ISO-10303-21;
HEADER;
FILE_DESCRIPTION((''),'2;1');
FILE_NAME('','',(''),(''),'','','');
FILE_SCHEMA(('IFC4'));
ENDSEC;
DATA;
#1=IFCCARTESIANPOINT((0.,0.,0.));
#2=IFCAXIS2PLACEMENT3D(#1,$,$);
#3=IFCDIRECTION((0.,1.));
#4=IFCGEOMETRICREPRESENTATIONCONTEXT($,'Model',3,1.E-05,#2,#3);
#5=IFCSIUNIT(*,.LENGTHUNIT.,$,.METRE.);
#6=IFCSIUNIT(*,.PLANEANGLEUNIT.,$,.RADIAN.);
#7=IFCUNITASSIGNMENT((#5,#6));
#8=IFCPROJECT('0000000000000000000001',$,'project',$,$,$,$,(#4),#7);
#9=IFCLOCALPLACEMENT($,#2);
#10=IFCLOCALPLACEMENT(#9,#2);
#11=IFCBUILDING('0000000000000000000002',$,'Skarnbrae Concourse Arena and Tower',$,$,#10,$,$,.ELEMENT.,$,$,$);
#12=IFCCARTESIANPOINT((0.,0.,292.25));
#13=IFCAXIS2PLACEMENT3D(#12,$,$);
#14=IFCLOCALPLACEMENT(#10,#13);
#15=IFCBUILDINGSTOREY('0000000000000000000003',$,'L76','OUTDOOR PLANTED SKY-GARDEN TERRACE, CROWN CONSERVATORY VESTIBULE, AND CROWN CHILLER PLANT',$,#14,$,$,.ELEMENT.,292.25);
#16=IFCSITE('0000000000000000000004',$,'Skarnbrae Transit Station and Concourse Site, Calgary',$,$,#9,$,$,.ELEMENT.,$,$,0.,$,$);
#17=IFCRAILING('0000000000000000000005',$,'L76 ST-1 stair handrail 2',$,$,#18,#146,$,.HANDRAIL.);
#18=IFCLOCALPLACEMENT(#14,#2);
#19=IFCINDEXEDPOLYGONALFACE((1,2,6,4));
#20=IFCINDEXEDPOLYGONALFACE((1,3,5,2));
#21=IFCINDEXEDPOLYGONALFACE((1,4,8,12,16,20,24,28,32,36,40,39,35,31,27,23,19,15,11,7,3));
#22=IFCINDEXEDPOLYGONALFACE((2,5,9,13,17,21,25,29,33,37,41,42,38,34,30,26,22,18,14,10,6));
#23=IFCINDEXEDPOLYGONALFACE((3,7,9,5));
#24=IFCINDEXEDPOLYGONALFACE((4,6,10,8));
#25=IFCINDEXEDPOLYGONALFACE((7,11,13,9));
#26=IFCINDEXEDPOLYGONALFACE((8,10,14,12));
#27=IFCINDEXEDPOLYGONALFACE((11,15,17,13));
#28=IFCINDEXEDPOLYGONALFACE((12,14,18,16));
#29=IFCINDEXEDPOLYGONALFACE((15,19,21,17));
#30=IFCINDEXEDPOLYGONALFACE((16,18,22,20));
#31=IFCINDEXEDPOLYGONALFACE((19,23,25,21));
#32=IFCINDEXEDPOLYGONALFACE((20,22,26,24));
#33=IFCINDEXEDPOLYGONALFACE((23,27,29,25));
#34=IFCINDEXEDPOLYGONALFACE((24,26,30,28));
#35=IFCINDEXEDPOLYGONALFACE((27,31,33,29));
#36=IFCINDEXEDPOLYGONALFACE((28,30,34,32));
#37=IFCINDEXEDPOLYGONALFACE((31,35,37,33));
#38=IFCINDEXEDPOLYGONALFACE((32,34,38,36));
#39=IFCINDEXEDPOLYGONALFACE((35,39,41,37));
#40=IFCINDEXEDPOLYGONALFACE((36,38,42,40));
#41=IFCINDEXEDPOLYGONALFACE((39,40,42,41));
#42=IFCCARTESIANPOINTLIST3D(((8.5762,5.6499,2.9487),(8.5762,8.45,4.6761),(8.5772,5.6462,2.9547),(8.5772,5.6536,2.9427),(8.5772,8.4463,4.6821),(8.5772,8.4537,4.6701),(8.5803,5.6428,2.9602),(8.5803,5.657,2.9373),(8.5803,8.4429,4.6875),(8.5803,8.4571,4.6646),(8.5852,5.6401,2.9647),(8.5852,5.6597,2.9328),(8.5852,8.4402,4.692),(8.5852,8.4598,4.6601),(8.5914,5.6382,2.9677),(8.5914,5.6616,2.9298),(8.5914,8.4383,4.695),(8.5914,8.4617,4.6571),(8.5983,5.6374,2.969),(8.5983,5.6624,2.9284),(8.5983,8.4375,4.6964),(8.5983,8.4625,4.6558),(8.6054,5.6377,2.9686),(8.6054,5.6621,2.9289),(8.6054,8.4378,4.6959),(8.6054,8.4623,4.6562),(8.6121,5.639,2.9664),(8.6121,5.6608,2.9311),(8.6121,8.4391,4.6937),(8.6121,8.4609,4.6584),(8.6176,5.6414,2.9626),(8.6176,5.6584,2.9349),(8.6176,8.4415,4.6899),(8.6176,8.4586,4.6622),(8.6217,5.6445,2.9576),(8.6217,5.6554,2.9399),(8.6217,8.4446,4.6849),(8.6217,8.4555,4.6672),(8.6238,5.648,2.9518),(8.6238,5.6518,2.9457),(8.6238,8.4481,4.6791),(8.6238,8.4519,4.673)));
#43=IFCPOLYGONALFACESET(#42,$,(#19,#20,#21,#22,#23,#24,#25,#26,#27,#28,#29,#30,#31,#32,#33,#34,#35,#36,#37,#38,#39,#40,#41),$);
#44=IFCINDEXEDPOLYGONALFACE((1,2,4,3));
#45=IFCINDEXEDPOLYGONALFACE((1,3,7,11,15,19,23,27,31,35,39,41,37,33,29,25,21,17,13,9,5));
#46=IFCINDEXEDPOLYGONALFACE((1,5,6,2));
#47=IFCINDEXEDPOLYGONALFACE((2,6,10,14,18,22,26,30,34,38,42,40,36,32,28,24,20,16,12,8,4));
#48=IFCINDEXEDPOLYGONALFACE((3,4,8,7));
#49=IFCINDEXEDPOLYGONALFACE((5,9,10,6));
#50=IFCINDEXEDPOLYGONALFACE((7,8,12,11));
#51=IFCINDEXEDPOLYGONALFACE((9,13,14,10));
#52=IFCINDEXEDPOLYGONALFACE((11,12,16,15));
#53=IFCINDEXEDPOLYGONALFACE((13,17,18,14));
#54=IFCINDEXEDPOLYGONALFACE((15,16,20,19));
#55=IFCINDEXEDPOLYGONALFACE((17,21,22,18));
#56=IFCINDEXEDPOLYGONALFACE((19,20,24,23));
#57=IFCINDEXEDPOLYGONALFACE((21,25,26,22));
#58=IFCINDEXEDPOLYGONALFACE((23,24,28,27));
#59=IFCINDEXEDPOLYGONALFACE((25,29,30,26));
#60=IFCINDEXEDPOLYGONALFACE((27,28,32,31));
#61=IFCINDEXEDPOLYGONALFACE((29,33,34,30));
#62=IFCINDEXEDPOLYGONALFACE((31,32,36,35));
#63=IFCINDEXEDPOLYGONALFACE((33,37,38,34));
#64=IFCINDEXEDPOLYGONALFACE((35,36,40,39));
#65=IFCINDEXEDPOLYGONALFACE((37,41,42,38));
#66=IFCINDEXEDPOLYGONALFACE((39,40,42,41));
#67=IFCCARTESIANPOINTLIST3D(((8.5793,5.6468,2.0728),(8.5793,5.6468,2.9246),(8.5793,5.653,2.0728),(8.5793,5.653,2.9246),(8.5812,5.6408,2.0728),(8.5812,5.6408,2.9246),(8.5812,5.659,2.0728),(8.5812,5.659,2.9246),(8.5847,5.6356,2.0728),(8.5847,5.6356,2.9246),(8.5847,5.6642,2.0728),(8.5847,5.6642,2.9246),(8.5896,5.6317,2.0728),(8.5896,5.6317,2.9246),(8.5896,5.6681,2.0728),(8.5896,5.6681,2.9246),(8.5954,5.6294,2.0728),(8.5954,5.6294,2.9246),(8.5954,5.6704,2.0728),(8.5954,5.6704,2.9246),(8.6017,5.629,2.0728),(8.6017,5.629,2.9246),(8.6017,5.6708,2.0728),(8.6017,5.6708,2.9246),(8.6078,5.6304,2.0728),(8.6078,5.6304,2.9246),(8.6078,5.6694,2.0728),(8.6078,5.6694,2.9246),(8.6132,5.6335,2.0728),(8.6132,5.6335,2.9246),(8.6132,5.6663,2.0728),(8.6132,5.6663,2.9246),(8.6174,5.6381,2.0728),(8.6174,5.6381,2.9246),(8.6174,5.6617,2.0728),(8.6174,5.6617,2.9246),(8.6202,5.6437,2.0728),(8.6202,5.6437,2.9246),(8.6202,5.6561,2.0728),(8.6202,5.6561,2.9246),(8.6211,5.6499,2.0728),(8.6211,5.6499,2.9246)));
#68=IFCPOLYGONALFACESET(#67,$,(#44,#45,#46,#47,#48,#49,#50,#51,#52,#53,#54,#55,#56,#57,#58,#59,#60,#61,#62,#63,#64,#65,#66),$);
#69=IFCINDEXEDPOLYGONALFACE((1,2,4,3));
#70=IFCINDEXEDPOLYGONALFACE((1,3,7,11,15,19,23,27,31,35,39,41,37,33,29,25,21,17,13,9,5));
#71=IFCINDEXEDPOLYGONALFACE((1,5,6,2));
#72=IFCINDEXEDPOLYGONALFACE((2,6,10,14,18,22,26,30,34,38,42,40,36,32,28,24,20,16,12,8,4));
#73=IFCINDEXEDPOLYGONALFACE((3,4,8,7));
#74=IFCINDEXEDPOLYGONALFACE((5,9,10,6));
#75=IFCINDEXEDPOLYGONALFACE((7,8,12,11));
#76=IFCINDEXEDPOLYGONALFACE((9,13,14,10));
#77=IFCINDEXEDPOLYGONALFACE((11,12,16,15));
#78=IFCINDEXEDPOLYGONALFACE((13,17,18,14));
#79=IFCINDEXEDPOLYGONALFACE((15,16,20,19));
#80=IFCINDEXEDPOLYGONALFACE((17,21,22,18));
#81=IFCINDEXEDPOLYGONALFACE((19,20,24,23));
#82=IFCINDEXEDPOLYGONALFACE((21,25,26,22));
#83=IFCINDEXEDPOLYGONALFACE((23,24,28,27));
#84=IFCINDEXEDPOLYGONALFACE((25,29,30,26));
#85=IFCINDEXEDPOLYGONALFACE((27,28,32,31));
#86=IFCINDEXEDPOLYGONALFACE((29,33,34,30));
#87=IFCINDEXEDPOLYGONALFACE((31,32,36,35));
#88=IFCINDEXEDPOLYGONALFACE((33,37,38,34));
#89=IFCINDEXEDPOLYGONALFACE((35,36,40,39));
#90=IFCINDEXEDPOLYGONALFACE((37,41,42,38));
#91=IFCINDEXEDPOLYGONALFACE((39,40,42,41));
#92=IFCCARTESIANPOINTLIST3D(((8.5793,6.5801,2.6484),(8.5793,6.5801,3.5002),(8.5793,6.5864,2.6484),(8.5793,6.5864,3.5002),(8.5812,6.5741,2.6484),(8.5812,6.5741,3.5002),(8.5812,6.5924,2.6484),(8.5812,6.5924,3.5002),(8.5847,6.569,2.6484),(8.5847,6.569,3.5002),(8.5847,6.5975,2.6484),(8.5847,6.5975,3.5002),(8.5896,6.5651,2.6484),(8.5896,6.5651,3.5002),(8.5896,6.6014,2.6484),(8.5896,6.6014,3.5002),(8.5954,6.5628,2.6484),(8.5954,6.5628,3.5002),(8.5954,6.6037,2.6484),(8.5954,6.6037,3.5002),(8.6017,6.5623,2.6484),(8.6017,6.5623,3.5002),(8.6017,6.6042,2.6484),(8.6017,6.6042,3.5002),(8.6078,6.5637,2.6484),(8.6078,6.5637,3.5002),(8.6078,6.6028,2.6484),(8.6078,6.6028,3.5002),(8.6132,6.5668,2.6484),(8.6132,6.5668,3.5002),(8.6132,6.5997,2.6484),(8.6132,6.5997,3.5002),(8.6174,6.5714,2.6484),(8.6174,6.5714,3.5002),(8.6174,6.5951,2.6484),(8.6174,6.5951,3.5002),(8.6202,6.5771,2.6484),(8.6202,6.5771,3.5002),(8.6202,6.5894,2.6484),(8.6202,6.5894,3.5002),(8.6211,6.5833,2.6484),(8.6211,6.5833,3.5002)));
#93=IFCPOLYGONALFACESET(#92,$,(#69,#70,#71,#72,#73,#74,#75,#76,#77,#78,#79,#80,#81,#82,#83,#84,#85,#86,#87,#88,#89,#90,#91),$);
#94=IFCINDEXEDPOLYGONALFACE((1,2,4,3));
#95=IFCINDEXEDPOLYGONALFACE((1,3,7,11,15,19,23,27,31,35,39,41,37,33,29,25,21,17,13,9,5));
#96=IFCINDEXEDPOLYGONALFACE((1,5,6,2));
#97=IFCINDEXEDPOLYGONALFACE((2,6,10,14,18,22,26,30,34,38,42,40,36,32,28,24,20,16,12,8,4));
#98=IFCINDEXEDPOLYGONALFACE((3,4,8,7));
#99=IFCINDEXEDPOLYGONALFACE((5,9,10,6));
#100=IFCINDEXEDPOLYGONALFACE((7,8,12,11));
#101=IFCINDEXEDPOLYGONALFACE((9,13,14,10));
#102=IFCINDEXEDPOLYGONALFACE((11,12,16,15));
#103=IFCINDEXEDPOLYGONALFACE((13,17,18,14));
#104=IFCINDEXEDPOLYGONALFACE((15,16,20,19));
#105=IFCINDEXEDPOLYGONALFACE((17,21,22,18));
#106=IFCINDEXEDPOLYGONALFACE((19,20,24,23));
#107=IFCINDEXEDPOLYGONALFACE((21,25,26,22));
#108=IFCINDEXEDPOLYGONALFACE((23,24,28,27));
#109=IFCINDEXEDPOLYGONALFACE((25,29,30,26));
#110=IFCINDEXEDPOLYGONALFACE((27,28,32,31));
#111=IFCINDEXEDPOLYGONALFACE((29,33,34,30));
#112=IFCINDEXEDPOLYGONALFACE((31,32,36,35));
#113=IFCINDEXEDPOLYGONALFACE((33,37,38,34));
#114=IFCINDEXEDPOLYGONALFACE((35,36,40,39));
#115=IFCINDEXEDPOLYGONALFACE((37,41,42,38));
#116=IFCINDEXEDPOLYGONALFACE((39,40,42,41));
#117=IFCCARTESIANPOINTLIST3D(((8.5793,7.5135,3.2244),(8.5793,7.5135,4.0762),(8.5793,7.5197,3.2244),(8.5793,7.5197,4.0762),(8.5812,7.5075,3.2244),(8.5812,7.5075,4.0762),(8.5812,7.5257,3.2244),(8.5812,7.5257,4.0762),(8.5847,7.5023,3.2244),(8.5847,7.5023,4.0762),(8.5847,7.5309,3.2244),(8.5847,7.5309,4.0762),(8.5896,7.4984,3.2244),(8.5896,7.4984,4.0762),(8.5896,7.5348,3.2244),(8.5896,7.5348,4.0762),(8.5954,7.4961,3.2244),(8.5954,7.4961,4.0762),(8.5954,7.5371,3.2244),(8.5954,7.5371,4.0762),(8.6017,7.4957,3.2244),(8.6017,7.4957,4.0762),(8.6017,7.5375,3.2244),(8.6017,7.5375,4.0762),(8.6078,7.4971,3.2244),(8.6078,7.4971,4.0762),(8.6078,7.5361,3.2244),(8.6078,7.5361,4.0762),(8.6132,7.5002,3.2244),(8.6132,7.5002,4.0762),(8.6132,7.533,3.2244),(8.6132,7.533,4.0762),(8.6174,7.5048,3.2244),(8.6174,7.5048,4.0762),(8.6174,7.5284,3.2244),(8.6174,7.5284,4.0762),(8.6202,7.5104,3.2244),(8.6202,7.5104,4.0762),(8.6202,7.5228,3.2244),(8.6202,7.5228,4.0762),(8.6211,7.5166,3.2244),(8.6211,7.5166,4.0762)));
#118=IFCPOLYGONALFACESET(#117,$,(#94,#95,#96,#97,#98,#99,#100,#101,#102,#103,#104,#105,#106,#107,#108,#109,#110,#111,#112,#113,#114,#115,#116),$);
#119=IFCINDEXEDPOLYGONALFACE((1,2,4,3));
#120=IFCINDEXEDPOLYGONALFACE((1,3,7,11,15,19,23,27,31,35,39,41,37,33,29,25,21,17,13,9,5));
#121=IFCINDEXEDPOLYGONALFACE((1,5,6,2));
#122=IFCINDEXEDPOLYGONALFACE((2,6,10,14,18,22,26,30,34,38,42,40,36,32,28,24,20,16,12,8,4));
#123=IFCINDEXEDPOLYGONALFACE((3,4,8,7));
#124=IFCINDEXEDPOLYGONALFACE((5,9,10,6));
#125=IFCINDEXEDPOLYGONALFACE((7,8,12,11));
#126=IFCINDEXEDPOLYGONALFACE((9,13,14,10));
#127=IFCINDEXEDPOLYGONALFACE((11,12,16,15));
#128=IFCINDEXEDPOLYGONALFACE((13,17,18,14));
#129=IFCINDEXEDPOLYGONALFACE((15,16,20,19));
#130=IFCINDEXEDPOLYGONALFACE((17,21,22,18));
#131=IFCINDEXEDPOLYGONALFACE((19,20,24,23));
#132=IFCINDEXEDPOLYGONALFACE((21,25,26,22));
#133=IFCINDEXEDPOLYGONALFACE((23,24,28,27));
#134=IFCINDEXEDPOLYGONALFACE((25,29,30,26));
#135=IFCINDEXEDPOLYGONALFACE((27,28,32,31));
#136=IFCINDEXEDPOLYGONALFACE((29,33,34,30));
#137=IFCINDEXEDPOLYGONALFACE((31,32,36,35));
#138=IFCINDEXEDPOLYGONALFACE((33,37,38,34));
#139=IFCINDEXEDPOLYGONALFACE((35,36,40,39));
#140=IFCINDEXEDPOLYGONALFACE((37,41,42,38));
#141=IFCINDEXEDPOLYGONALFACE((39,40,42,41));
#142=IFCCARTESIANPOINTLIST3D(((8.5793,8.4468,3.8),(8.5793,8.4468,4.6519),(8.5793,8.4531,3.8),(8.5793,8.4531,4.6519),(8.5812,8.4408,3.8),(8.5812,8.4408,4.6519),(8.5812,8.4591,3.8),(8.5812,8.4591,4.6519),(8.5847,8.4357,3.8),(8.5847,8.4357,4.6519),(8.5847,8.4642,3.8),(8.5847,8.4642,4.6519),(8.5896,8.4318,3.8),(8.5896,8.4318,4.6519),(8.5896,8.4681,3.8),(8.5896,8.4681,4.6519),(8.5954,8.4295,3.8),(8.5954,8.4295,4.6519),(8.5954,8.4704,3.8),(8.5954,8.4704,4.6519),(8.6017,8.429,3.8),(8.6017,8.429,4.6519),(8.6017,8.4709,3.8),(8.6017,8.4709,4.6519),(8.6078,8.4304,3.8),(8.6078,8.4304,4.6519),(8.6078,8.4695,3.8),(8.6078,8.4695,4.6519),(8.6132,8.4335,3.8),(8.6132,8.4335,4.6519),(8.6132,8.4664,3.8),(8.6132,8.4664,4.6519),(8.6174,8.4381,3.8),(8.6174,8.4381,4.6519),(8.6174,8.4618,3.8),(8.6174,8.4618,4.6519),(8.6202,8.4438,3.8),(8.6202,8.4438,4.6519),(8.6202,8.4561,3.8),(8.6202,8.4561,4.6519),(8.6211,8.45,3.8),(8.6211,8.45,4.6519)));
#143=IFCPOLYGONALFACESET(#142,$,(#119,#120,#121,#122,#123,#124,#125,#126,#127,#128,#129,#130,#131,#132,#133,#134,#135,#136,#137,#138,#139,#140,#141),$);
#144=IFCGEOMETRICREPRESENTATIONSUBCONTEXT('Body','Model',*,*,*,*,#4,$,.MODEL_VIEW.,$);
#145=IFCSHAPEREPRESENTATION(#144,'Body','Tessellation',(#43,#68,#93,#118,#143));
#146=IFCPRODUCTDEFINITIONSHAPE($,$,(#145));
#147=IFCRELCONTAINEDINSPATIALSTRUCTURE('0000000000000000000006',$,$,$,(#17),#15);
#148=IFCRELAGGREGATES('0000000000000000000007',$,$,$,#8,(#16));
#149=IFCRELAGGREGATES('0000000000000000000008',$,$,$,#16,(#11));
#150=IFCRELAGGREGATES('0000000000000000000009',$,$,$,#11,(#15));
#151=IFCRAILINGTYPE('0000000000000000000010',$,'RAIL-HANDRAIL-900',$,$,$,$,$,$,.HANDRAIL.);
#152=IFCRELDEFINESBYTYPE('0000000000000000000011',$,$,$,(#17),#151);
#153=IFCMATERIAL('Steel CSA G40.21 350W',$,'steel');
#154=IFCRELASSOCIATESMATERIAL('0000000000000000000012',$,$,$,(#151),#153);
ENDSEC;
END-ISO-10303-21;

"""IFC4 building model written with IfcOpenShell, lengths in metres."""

from ifc_helpers import new_model, si_unit, direction, frame, origin, origin_2d, place, context, subcontext, project, spatial, circle, extrude, material, type_object, element, save


model = new_model("IFC4")

# Units and contexts
model_context = context("Model", 3, precision=1e-05, world=origin(), true_north=direction((0.0, 1.0)))
body_context = subcontext(model_context, "Body", "Model", "MODEL_VIEW")
ifc_project = project(units=[si_unit("LENGTHUNIT", "METRE"), si_unit("PLANEANGLEUNIT", "RADIAN")], contexts=[model_context])

# Site, building, storey
site_placement = place(None, origin())
site = spatial("IfcSite", under=ifc_project, at=site_placement, Name="Skarnbrae Transit Station and Concourse Site, Calgary", CompositionType="ELEMENT", RefElevation=0.0)
building_placement = place(site_placement, origin())
building = spatial("IfcBuilding", under=site, at=building_placement, Name="Skarnbrae Concourse Arena and Tower", CompositionType="ELEMENT")
storey_placement = place(building_placement, frame((0.0, 0.0, 292.25)))
storey = spatial("IfcBuildingStorey", under=building, at=storey_placement, Name="L76", Description="OUTDOOR PLANTED SKY-GARDEN TERRACE, CROWN CONSERVATORY VESTIBULE, AND CROWN CHILLER PLANT", CompositionType="ELEMENT", Elevation=292.25)

# Shared definitions
ifc_material_1 = material(Name="Steel CSA G40.21 350W", Category="steel")

# Railing
railing_type_1 = type_object("IfcRailingType", Name="RAIL-HANDRAIL-900", PredefinedType="HANDRAIL", material=ifc_material_1)
railing_1_placement = place(storey_placement, frame((8.6001, 5.6499, 2.0728)))
element("IfcRailing", 1, at=railing_1_placement, inside=storey, type_object=railing_type_1, Name="L76 ST-1 stair handrail 2", PredefinedType="HANDRAIL", context=body_context, shape_type="SweptSolid", body=[
    extrude(circle(Radius=0.0239, at=origin_2d()), frame((0.0, 0.0, 0.876), z_axis=(0.0, 0.85109, 0.52502), x_axis=(-1.0, 0.0, 0.0)), (0.0, 0.0, 1.0), 3.29),
    extrude(circle(Radius=0.021, at=origin_2d()), origin(), (0.0, 0.0, 1.0), 0.8518),
    extrude(circle(Radius=0.021, at=origin_2d()), frame((0.0, 0.9333, 0.5757)), (0.0, 0.0, 1.0), 0.8518),
    extrude(circle(Radius=0.021, at=origin_2d()), frame((0.0, 1.8667, 1.1516)), (0.0, 0.0, 1.0), 0.8518),
    extrude(circle(Radius=0.021, at=origin_2d()), frame((0.0, 2.8, 1.7273)), (0.0, 0.0, 1.0), 0.8518),
])

save(model, "model.ifc")
